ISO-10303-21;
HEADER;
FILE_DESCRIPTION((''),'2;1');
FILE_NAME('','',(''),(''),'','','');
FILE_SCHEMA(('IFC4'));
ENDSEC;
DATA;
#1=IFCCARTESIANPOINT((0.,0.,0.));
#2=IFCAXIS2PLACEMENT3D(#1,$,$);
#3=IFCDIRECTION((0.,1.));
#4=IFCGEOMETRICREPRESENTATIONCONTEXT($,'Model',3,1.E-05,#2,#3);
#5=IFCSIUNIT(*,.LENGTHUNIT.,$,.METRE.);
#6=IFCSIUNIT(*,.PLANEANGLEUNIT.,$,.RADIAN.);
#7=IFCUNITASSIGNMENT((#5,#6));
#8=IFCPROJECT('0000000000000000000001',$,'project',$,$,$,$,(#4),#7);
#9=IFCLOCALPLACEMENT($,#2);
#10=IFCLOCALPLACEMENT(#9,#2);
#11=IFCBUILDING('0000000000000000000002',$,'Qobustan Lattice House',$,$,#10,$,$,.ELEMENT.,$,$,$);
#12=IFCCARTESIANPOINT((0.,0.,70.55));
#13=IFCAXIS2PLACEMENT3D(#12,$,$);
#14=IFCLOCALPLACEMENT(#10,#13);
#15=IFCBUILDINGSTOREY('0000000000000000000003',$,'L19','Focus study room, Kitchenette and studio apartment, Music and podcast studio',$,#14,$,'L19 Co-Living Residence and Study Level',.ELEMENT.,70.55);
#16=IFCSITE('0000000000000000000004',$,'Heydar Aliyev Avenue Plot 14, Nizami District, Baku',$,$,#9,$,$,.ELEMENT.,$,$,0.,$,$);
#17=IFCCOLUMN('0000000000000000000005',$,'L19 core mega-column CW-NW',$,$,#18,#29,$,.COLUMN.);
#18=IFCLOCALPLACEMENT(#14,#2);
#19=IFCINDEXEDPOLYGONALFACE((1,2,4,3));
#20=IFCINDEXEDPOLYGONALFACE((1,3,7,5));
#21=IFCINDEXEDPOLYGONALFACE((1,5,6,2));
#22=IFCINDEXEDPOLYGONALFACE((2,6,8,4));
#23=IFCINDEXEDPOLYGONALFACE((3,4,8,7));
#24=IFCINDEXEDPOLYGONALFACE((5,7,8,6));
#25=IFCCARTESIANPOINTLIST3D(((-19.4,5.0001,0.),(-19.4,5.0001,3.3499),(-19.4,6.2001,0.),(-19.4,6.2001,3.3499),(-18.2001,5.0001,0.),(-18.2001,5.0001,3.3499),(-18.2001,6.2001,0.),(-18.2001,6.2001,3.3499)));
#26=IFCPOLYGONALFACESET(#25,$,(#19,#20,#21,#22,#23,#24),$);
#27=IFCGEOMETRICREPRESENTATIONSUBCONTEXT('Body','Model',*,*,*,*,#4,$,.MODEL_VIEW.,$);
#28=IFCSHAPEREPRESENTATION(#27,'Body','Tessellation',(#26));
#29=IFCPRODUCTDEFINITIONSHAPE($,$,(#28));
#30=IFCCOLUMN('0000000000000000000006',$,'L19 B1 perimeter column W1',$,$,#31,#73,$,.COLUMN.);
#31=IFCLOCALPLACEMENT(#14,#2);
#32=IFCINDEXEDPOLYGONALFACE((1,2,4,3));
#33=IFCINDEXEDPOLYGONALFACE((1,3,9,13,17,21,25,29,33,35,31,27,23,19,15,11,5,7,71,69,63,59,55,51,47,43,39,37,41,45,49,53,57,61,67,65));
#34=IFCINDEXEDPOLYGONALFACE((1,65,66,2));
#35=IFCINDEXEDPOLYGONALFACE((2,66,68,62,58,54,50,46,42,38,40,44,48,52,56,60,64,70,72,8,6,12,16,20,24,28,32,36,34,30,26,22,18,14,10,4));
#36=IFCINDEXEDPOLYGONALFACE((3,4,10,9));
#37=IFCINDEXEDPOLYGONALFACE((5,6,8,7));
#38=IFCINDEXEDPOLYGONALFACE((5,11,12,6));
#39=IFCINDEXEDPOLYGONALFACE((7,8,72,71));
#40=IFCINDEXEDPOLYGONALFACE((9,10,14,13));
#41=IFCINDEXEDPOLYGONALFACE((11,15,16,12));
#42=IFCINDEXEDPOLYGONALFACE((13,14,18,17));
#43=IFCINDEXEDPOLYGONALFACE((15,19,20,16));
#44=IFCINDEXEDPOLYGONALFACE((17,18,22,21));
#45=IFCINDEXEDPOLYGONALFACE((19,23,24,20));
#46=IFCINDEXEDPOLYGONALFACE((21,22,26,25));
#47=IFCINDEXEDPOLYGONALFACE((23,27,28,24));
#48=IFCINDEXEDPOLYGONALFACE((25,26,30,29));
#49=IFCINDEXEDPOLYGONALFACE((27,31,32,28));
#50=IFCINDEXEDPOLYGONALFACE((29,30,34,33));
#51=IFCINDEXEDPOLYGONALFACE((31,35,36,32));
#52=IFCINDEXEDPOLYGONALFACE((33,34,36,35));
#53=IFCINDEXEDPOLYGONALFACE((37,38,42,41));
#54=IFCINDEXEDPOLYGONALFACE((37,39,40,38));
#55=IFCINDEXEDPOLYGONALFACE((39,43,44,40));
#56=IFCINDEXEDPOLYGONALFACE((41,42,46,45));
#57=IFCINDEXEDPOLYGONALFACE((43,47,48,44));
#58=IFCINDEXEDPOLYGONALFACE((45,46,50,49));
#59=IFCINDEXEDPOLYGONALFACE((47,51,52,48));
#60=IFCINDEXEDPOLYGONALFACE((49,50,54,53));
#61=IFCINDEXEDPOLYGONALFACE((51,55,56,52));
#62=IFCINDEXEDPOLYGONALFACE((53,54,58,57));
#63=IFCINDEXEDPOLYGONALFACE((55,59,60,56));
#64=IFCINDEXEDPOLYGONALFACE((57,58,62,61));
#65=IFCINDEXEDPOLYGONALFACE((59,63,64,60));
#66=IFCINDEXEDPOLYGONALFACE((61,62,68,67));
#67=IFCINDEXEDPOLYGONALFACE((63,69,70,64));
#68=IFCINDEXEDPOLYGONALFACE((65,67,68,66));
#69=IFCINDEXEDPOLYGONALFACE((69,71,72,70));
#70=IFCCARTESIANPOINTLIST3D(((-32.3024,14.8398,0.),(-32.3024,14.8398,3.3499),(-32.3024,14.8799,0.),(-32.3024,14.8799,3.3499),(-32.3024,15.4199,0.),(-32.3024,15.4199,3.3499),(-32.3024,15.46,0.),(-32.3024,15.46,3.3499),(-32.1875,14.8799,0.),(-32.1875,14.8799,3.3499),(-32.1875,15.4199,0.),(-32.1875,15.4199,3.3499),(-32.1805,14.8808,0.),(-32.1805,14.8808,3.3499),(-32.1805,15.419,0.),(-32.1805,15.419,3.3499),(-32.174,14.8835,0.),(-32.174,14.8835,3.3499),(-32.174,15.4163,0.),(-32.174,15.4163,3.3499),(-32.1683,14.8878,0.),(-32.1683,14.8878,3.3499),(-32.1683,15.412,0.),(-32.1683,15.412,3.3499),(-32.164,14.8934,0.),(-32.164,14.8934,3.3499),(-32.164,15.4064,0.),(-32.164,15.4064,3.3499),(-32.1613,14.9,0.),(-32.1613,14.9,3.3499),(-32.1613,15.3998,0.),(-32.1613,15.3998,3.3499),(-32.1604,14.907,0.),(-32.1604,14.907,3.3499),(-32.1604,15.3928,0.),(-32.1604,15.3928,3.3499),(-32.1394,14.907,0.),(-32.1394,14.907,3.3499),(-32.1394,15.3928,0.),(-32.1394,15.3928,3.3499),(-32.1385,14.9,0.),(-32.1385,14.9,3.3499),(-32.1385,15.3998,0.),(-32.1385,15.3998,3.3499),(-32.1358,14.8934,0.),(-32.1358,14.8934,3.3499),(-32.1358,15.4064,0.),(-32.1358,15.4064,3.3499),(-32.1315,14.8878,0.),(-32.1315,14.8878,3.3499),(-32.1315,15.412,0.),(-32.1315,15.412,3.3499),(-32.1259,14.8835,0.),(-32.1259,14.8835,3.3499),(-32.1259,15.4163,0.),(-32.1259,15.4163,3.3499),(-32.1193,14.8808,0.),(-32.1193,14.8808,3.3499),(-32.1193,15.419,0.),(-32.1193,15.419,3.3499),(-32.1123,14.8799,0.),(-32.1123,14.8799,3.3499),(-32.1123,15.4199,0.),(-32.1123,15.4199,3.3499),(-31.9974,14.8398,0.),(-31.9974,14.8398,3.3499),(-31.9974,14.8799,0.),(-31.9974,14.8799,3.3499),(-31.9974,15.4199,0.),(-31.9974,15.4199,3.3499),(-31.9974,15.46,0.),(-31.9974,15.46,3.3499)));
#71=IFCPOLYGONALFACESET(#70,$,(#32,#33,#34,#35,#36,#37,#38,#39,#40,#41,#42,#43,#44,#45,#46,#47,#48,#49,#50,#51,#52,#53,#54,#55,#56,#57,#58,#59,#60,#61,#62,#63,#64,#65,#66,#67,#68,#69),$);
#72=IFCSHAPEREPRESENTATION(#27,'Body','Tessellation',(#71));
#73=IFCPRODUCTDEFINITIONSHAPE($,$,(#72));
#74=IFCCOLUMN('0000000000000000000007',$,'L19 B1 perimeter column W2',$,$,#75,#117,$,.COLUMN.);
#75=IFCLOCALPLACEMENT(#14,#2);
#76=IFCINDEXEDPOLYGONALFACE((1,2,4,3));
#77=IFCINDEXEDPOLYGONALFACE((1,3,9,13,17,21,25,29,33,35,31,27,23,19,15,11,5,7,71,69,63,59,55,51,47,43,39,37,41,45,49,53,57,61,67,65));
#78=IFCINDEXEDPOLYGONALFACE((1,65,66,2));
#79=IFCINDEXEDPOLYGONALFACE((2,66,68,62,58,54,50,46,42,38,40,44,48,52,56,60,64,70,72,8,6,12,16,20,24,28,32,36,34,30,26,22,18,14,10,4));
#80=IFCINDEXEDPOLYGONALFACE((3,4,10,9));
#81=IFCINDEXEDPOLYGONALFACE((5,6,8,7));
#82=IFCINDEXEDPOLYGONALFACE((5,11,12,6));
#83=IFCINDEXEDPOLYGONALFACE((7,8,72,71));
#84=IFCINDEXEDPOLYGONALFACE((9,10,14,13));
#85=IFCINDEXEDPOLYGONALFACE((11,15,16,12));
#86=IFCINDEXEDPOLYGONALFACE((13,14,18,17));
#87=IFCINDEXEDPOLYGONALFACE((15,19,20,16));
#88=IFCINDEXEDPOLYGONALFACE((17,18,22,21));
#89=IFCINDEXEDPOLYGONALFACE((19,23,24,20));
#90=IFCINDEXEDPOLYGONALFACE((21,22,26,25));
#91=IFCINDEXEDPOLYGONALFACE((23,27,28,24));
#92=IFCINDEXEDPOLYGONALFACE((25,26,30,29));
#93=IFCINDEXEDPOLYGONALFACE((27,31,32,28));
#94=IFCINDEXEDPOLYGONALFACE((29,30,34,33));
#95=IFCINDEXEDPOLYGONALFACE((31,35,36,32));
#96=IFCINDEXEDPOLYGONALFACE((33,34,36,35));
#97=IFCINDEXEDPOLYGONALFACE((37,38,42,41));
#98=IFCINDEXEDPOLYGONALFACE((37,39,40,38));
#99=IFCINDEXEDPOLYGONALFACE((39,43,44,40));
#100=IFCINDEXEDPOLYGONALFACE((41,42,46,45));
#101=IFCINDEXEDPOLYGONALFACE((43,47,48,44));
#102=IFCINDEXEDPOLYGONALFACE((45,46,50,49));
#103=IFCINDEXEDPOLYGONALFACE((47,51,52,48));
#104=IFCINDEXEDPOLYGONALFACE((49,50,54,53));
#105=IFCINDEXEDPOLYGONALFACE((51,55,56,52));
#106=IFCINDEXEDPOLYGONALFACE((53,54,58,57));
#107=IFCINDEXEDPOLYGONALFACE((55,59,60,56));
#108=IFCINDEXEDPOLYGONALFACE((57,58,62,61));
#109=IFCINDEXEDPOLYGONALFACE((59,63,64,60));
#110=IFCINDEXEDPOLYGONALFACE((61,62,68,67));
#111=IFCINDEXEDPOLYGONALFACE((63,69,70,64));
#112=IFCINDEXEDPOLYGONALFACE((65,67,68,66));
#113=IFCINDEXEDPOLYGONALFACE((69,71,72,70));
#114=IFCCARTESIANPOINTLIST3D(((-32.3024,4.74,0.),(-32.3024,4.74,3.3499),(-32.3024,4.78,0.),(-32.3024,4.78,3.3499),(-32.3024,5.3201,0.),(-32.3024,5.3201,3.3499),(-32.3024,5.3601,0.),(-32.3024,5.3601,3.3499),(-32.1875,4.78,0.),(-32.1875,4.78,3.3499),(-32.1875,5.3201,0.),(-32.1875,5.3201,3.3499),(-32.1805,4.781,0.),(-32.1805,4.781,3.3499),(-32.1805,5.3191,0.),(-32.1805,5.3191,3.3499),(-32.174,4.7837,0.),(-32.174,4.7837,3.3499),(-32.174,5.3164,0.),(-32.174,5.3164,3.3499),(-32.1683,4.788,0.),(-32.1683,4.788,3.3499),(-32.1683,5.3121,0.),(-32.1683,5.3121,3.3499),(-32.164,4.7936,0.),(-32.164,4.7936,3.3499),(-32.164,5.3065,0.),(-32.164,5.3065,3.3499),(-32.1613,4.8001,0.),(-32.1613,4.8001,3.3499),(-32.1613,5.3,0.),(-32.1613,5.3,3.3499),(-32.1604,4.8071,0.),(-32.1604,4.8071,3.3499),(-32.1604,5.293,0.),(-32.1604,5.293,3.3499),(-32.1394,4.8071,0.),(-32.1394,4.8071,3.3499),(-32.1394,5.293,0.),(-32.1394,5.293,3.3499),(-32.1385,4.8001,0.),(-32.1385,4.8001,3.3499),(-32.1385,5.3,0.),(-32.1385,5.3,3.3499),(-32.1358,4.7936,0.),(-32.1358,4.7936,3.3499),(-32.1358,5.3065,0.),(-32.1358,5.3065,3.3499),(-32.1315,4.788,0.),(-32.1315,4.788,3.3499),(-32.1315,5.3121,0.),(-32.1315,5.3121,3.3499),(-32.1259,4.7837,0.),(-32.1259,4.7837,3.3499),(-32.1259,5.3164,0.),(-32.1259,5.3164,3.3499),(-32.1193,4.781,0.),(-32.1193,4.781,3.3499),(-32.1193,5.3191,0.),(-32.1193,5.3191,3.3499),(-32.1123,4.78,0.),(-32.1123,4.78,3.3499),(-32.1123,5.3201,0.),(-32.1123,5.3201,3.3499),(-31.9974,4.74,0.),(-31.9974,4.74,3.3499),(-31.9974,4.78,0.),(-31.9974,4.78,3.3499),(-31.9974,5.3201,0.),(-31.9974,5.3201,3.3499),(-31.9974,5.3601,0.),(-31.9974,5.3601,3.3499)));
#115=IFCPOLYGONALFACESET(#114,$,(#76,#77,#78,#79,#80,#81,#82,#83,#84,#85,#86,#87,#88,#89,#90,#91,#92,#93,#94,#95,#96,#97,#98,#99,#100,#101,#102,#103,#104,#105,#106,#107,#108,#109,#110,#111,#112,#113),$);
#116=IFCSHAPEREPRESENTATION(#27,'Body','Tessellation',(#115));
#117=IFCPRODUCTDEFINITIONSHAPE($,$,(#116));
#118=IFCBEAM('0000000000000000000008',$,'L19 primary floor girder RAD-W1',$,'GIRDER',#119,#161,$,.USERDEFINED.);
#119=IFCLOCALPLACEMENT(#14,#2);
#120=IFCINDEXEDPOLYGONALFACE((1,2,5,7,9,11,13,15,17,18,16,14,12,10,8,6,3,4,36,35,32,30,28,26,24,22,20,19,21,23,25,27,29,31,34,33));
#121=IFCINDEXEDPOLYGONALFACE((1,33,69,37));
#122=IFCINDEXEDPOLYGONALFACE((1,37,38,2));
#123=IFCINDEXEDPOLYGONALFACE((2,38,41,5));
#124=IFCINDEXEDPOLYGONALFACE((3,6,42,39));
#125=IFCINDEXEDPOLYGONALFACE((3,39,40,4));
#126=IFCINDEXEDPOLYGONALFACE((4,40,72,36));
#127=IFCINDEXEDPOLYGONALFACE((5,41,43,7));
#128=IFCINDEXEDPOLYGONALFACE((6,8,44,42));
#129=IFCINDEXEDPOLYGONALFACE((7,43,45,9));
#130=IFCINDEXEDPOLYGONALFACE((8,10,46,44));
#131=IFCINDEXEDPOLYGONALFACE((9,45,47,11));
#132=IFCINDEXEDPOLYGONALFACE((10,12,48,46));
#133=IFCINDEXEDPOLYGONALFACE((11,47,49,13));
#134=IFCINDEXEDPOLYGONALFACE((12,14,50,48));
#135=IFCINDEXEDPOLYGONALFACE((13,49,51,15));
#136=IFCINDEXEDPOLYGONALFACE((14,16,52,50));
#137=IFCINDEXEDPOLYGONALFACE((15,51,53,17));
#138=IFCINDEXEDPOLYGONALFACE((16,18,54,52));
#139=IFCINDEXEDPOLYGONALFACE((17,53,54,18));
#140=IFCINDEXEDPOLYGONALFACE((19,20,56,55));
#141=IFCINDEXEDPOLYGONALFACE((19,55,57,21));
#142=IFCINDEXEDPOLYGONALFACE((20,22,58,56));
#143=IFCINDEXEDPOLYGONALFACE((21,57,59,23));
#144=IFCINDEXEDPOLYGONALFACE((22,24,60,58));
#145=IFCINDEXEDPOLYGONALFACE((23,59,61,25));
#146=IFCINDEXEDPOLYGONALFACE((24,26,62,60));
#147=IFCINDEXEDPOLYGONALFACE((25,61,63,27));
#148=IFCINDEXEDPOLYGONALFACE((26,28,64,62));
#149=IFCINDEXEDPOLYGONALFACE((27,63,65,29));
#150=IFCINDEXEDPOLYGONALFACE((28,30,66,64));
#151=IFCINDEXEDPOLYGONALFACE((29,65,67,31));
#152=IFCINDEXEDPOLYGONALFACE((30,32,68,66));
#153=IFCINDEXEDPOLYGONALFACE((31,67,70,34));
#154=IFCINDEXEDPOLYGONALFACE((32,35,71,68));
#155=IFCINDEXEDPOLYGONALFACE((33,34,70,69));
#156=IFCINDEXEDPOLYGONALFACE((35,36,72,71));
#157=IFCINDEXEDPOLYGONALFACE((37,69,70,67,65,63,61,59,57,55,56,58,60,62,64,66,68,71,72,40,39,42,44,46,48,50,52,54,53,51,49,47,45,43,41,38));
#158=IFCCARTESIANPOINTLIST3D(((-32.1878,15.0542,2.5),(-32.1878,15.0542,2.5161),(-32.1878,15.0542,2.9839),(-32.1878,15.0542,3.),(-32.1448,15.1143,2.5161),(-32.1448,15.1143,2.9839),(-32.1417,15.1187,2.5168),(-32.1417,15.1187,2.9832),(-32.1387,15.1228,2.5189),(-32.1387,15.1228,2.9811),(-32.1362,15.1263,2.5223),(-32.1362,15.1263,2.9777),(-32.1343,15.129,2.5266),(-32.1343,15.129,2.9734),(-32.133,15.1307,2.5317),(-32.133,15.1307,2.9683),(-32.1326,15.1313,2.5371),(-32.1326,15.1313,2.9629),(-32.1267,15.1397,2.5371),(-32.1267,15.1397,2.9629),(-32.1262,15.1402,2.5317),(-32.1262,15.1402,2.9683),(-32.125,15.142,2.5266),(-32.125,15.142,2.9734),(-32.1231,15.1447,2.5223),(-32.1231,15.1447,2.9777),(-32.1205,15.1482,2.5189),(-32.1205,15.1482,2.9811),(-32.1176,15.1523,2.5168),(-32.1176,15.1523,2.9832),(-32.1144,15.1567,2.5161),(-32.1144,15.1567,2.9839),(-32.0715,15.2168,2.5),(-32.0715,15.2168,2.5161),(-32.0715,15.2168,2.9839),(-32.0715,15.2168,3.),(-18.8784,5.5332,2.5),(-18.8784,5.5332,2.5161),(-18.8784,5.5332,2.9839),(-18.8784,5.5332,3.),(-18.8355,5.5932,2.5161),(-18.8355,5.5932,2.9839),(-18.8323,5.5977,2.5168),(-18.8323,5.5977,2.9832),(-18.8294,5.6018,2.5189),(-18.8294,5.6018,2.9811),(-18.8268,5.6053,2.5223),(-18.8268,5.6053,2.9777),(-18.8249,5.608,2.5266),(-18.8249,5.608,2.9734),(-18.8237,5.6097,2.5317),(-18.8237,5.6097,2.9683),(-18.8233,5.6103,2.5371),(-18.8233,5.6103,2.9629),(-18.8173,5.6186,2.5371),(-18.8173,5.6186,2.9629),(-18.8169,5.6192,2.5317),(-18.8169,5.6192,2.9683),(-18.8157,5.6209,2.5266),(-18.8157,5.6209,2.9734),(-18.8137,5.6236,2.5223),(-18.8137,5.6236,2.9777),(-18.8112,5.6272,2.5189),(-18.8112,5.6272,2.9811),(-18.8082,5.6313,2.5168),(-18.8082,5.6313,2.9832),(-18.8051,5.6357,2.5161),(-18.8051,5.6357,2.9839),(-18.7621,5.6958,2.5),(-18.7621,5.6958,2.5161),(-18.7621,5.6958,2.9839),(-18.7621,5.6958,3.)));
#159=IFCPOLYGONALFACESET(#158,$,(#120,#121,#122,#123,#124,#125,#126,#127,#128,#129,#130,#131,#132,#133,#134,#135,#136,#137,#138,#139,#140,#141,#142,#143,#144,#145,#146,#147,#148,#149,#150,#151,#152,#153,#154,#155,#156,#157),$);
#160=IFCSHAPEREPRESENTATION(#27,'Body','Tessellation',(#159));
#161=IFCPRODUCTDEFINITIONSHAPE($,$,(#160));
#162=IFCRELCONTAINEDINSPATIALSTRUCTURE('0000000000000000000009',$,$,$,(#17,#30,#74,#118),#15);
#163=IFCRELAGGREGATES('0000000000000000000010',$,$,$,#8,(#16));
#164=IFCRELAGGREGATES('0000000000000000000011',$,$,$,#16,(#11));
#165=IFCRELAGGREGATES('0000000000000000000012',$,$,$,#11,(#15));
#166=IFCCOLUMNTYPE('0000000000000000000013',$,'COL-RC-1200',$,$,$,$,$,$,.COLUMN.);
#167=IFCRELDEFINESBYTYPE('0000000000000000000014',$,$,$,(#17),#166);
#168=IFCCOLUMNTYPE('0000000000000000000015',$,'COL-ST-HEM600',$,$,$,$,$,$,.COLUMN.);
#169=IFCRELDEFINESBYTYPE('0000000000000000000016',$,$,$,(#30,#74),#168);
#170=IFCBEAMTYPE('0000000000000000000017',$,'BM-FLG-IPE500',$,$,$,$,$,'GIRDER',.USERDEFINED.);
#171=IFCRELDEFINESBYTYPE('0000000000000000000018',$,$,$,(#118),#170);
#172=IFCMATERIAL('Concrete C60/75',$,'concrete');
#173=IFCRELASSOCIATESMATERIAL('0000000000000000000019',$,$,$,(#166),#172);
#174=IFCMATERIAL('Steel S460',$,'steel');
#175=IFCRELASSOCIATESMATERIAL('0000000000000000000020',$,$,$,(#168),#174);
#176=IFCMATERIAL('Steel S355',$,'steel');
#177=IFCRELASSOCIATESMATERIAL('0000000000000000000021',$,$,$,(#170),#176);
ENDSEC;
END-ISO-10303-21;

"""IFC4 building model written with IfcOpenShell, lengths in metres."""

from ifc_helpers import new_model, si_unit, direction, frame, origin, origin_2d, place, context, subcontext, project, spatial, rectangle, i_section, extrude, material, material_profile, profile_set, type_object, element, save


model = new_model("IFC4")

# Units and contexts
model_context = context("Model", 3, precision=1e-05, world=origin(), true_north=direction((0.0, 1.0)))
body_context = subcontext(model_context, "Body", "Model", "MODEL_VIEW")
ifc_project = project(units=[si_unit("LENGTHUNIT", "METRE"), si_unit("PLANEANGLEUNIT", "RADIAN")], contexts=[model_context])

# Site, building, storey
site_placement = place(None, origin())
site = spatial("IfcSite", under=ifc_project, at=site_placement, Name="Heydar Aliyev Avenue Plot 14, Nizami District, Baku", CompositionType="ELEMENT", RefElevation=0.0)
building_placement = place(site_placement, origin())
building = spatial("IfcBuilding", under=site, at=building_placement, Name="Qobustan Lattice House", CompositionType="ELEMENT")
storey_placement = place(building_placement, frame((0.0, 0.0, 70.55)))
storey = spatial("IfcBuildingStorey", under=building, at=storey_placement, Name="L19", Description="Focus study room, Kitchenette and studio apartment, Music and podcast studio", LongName="L19 Co-Living Residence and Study Level", CompositionType="ELEMENT", Elevation=70.55)

# Columns
ifc_material_1 = material(Name="Concrete C60/75", Category="concrete")
ifc_material_profile_1 = material_profile(ifc_material_1, rectangle(XDim=1.2, YDim=1.2, at=origin_2d()), Name="RC1200x1200")
ifc_profile_set_1 = profile_set([ifc_material_profile_1], Name="Concrete C60/75")
column_type_1 = type_object("IfcColumnType", Name="COL-RC-1200", PredefinedType="COLUMN", material=ifc_profile_set_1)
column_placement = place(storey_placement, frame((-18.8, 5.6001, 0.0), z_axis=(0.0, 0.0, 1.0), x_axis=(1.0, 0.0, 0.0)))
element("IfcColumn", 1, at=column_placement, inside=storey, type_object=column_type_1, Name="L19 core mega-column CW-NW", PredefinedType="COLUMN", context=body_context, shape_type="SweptSolid", body=[
    extrude(rectangle(XDim=1.2, YDim=1.2, at=origin_2d()), origin(), (0.0, 0.0, 1.0), 3.3499),
])
ifc_material_2 = material(Name="Steel S460", Category="steel")
ifc_material_profile_2 = material_profile(ifc_material_2, i_section(OverallWidth=0.3049, OverallDepth=0.6201, WebThickness=0.021, FlangeThickness=0.04, FilletRadius=0.0271, at=origin_2d()), Name="HEM600")
ifc_profile_set_2 = profile_set([ifc_material_profile_2], Name="Steel S460")
column_type_2 = type_object("IfcColumnType", Name="COL-ST-HEM600", PredefinedType="COLUMN", material=ifc_profile_set_2)
for number, where, z_axis, x_axis, name in (
    (2, (-32.1499, 15.1499, 0.0), (0.0, 0.0, 1.0), (1.0, 0.0, 0.0), "L19 B1 perimeter column W1"),
    (3, (-32.1499, 5.05, 0.0), (0.0, 0.0, 1.0), (1.0, 0.0, 0.0), "L19 B1 perimeter column W2"),
):
    element("IfcColumn", number, at=place(storey_placement, frame(where, z_axis=z_axis, x_axis=x_axis)), inside=storey, type_object=column_type_2, Name=name, PredefinedType="COLUMN", context=body_context, shape_type="SweptSolid", body=[
        extrude(i_section(OverallWidth=0.3049, OverallDepth=0.6201, WebThickness=0.021, FlangeThickness=0.04, FilletRadius=0.0271, at=origin_2d()), origin(), (0.0, 0.0, 1.0), 3.3499),
    ])

# Beam
ifc_material_3 = material(Name="Steel S355", Category="steel")
ifc_material_profile_3 = material_profile(ifc_material_3, i_section(OverallWidth=0.2, OverallDepth=0.5, WebThickness=0.0103, FlangeThickness=0.0161, FilletRadius=0.021, at=origin_2d()), Name="IPE500")
ifc_profile_set_3 = profile_set([ifc_material_profile_3], Name="Steel S355")
beam_type_1 = type_object("IfcBeamType", Name="BM-FLG-IPE500", ElementType="GIRDER", PredefinedType="USERDEFINED", material=ifc_profile_set_3)
beam_1_placement = place(storey_placement, frame((-32.1296, 15.1355, 2.75), z_axis=(0.813319, -0.581818, 0.0), x_axis=(0.581818, 0.813319, 0.0)))
element("IfcBeam", 4, at=beam_1_placement, inside=storey, type_object=beam_type_1, Name="L19 primary floor girder RAD-W1", ObjectType="GIRDER", PredefinedType="USERDEFINED", context=body_context, shape_type="SweptSolid", body=[
    extrude(i_section(OverallWidth=0.2, OverallDepth=0.5, WebThickness=0.0103, FlangeThickness=0.0161, FilletRadius=0.021, at=origin_2d()), origin(), (0.0, 0.0, 1.0), 16.3643),
])

save(model, "model.ifc")
